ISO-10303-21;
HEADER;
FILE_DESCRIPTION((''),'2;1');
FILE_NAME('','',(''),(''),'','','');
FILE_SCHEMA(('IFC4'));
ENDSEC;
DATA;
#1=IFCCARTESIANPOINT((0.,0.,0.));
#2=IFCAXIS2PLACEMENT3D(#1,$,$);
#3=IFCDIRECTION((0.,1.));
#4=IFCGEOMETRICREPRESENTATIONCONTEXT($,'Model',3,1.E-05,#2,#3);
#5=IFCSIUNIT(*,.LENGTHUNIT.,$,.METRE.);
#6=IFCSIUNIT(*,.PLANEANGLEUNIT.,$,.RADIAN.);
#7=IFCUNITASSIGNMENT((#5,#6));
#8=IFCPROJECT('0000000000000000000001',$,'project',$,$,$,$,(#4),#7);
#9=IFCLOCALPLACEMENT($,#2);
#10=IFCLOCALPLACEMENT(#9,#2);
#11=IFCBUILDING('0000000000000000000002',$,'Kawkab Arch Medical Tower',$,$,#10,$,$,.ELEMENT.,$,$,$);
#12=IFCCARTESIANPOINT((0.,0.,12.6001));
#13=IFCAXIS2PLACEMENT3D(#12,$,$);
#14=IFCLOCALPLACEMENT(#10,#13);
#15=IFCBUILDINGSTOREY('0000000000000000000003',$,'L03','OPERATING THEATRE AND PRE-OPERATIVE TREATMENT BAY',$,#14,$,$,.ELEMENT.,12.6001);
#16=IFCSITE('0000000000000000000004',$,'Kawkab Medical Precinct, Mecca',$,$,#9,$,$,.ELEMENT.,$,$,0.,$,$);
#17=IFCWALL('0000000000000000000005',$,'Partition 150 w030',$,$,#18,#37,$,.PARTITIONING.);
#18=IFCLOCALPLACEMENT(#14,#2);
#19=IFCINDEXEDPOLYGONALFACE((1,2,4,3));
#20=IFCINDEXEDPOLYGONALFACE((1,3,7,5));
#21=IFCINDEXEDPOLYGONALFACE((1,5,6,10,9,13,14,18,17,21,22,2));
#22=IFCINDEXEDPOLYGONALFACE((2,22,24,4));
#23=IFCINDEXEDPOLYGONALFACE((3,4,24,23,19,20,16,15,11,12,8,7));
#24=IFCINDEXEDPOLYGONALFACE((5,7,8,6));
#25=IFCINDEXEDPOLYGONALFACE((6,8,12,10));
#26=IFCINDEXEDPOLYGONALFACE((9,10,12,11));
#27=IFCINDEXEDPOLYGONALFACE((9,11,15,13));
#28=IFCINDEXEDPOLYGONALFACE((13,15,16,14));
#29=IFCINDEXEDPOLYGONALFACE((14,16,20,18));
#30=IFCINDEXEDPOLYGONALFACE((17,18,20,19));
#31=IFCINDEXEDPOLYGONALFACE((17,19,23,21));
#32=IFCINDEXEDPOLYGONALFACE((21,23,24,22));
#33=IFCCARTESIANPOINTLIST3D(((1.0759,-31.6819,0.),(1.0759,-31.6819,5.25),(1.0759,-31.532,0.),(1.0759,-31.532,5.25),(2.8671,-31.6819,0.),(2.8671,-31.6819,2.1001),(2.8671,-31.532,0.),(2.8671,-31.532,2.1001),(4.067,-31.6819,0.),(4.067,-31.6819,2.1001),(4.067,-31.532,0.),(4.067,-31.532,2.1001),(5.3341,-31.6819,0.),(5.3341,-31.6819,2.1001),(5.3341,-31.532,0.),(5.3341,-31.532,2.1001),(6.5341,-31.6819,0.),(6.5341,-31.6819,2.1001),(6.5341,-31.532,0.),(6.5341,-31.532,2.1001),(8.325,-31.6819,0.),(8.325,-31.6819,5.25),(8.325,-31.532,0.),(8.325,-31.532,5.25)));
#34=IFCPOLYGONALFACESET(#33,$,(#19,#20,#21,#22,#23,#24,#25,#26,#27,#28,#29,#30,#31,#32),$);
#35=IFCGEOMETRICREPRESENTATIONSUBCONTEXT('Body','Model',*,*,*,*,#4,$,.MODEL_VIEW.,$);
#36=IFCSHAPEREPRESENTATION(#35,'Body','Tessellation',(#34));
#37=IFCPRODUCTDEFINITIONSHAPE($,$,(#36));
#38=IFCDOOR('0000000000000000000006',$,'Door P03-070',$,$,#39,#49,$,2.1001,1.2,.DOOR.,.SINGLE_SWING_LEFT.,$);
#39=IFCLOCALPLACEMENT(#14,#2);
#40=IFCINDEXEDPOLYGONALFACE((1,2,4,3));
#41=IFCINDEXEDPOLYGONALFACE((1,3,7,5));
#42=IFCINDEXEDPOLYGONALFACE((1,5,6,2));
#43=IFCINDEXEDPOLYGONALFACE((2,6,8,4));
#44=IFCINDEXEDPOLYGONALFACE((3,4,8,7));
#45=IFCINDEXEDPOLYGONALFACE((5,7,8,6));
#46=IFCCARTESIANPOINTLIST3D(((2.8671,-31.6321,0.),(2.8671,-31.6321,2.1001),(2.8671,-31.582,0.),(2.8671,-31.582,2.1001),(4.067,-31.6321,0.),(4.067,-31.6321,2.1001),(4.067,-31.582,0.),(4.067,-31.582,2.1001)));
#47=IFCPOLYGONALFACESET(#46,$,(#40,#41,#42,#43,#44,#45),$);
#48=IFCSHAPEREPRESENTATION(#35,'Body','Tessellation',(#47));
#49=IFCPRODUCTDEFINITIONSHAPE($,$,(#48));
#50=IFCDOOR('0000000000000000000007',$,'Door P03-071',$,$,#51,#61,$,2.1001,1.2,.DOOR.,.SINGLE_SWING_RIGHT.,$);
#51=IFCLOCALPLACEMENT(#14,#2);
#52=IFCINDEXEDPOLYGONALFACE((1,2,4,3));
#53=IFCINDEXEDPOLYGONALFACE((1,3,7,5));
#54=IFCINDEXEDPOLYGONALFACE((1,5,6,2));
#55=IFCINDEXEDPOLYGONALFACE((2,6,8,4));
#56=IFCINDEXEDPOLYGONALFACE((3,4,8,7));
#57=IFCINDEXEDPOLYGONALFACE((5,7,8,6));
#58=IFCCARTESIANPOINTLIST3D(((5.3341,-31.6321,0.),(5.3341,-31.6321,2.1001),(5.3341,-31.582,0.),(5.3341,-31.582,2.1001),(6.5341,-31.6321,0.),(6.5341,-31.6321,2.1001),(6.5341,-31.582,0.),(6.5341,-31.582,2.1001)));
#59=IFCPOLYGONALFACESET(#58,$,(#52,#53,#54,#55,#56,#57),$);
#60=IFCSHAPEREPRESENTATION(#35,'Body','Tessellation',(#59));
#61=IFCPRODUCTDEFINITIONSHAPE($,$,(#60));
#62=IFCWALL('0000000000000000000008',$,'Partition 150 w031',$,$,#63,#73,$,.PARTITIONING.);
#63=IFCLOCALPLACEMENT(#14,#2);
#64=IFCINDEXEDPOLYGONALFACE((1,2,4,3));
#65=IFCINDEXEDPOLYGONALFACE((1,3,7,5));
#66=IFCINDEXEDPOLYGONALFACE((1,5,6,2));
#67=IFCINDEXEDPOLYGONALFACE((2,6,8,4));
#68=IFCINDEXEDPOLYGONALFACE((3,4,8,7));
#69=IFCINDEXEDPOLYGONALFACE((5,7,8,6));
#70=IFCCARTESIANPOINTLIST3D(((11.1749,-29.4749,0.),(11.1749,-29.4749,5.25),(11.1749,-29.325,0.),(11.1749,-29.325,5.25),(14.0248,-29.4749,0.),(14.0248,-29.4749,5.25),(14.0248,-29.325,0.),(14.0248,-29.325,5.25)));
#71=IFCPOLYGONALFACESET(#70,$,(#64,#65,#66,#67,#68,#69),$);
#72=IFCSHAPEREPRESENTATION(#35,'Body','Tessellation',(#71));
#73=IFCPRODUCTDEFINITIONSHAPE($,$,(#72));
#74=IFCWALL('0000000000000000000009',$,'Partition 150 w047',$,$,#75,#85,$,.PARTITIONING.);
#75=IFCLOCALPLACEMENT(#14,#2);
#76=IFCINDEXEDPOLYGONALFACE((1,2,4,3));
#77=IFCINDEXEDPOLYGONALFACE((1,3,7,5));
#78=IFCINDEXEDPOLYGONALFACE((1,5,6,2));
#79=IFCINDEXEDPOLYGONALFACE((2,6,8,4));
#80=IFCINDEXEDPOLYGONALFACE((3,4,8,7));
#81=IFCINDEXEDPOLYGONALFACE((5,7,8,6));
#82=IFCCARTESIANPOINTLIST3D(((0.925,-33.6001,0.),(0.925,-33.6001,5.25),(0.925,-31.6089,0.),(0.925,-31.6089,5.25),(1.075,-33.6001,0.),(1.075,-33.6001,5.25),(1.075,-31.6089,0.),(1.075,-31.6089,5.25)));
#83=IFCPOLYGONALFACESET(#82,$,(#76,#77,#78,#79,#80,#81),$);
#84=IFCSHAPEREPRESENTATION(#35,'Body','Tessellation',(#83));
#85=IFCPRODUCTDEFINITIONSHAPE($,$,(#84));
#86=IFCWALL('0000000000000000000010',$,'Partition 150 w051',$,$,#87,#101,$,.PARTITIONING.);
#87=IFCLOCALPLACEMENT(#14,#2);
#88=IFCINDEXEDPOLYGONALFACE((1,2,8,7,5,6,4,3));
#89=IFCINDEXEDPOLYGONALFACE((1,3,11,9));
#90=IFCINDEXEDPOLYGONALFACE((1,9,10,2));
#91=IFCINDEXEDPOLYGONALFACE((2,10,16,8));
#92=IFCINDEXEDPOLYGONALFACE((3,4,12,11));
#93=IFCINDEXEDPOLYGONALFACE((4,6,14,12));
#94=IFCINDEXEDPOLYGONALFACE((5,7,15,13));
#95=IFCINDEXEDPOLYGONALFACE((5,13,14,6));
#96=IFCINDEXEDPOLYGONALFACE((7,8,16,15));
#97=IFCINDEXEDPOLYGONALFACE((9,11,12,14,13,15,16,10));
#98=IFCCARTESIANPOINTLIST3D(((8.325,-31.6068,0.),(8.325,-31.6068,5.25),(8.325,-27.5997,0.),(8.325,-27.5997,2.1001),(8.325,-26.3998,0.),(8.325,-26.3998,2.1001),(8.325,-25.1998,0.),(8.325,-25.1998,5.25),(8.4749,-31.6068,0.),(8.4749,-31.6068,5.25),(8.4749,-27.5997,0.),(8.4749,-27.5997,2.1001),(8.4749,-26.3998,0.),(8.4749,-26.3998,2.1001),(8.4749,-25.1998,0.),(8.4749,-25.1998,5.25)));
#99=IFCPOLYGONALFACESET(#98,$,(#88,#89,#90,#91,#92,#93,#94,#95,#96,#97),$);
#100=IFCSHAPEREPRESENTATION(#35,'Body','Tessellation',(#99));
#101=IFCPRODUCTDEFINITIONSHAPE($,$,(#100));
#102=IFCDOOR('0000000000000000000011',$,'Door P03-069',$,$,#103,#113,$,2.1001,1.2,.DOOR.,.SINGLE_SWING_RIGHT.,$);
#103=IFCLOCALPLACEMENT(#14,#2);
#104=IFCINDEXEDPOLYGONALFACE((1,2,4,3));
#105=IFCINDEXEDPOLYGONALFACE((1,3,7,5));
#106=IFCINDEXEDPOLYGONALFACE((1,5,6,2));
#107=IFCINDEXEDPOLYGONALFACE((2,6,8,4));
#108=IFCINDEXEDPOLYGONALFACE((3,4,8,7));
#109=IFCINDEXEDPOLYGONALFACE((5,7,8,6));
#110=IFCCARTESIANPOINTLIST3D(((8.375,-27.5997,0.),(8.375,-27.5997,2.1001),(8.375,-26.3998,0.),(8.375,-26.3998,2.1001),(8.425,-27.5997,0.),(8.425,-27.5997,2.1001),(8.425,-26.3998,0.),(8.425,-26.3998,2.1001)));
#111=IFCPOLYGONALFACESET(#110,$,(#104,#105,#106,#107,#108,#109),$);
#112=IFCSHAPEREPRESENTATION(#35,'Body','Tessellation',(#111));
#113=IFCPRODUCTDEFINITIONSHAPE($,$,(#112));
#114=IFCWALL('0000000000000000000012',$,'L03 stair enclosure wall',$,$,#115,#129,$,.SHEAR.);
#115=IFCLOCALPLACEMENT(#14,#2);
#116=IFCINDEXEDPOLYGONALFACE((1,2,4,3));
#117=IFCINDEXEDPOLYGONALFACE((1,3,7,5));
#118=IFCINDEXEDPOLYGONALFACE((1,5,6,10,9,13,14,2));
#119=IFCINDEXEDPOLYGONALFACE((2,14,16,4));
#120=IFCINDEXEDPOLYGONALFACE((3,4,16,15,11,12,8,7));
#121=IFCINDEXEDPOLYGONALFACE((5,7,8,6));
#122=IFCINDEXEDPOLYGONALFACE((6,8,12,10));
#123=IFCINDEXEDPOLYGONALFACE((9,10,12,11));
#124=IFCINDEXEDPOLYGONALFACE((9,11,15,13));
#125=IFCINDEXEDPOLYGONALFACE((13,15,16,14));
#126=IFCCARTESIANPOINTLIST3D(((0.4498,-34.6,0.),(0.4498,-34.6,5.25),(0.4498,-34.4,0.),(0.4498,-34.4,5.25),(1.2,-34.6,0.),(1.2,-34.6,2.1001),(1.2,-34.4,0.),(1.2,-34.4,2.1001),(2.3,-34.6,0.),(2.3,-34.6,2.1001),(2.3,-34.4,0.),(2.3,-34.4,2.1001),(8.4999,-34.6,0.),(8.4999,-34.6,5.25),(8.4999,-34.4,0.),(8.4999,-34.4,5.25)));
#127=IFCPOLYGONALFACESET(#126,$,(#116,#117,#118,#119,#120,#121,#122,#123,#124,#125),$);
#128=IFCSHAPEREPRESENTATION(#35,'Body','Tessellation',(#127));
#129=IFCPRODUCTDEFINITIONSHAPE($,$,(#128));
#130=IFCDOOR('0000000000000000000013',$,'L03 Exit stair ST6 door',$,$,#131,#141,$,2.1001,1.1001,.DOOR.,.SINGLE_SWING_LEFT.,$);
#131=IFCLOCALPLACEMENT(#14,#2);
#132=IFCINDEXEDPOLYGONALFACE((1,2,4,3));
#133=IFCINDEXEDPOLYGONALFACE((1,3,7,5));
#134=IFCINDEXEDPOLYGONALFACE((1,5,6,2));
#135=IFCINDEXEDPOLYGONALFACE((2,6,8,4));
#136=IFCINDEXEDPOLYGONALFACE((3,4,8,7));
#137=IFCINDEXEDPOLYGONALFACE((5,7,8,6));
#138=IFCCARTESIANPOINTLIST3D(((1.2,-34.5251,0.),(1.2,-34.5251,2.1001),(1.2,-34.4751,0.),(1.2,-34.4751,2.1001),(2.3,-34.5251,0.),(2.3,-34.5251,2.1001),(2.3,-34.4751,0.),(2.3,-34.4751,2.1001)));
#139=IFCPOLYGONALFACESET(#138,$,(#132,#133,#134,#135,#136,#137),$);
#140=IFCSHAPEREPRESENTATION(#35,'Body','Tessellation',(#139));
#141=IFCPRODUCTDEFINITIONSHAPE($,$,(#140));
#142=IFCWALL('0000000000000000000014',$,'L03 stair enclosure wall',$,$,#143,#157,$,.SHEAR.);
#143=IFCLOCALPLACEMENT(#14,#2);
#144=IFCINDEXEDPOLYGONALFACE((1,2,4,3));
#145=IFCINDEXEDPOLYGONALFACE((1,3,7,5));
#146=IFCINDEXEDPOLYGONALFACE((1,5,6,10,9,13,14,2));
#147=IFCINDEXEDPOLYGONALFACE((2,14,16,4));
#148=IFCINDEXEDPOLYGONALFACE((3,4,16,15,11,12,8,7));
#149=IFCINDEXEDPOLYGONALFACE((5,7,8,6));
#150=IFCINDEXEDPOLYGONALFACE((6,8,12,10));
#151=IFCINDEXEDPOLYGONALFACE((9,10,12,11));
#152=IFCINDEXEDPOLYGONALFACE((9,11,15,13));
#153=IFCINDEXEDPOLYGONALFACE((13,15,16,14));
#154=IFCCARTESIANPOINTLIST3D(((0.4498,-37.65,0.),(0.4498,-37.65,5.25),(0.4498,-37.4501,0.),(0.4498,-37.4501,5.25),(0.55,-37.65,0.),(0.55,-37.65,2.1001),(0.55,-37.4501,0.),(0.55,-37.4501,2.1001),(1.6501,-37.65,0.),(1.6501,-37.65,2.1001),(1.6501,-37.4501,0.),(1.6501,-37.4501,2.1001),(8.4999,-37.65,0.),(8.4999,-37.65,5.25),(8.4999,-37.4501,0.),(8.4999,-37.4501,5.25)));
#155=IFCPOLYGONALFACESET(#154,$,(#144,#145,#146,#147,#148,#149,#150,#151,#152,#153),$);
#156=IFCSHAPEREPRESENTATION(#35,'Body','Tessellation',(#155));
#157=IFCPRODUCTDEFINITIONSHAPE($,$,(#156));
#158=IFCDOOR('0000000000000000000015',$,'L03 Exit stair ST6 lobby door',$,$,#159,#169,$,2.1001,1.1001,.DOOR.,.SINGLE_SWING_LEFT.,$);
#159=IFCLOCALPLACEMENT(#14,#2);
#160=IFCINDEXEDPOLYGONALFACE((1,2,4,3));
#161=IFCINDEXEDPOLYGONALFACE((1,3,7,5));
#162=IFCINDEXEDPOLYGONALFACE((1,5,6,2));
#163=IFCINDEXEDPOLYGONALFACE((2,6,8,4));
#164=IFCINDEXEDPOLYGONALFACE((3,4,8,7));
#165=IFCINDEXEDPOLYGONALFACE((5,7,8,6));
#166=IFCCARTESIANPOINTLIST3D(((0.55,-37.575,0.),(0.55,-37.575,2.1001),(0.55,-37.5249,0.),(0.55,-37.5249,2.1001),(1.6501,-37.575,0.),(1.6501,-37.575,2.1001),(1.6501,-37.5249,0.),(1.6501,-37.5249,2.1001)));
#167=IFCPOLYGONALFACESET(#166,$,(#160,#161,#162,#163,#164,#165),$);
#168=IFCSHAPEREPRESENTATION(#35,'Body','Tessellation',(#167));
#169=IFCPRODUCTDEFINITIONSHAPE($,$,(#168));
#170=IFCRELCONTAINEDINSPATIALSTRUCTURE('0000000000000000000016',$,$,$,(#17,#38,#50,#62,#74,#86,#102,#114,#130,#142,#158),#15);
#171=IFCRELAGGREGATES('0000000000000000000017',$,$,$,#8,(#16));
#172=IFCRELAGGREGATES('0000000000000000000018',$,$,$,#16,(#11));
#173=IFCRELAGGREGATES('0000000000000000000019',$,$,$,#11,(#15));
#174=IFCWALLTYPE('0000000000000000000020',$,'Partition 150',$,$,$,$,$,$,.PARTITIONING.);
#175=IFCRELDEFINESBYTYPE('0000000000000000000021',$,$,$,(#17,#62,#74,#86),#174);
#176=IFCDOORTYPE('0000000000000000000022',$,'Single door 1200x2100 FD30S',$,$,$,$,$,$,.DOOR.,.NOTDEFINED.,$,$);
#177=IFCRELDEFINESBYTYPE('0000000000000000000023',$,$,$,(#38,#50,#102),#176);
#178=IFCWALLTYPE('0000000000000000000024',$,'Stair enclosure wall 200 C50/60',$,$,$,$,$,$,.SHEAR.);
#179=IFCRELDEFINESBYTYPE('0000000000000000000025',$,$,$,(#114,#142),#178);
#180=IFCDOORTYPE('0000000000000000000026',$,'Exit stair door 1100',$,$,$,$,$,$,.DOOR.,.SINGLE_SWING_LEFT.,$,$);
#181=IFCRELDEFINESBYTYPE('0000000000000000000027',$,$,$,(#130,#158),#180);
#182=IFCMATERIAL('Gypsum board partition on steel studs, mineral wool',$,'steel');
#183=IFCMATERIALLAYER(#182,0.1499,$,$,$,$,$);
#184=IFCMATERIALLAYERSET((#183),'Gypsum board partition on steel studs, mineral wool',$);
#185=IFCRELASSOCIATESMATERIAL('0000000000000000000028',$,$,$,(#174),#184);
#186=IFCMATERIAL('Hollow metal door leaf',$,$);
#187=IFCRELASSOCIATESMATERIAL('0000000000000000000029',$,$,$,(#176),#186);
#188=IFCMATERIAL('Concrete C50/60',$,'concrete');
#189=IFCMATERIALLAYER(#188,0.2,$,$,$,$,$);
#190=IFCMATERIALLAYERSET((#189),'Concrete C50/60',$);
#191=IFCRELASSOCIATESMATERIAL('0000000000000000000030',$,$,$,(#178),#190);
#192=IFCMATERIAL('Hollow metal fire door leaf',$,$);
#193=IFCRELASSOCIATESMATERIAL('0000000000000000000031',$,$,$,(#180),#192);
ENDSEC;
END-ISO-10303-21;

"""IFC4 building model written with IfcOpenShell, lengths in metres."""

from ifc_helpers import new_model, si_unit, direction, frame, frame_2d, origin, place, context, subcontext, project, spatial, rectangle, extrude, material, layer, layer_set, type_object, element, fill, save


model = new_model("IFC4")

# Units and contexts
model_context = context("Model", 3, precision=1e-05, world=origin(), true_north=direction((0.0, 1.0)))
body_context = subcontext(model_context, "Body", "Model", "MODEL_VIEW")
ifc_project = project(units=[si_unit("LENGTHUNIT", "METRE"), si_unit("PLANEANGLEUNIT", "RADIAN")], contexts=[model_context])

# Site, building, storey
site_placement = place(None, origin())
site = spatial("IfcSite", under=ifc_project, at=site_placement, Name="Kawkab Medical Precinct, Mecca", CompositionType="ELEMENT", RefElevation=0.0)
building_placement = place(site_placement, origin())
building = spatial("IfcBuilding", under=site, at=building_placement, Name="Kawkab Arch Medical Tower", CompositionType="ELEMENT")
storey_placement = place(building_placement, frame((0.0, 0.0, 12.6001)))
storey = spatial("IfcBuildingStorey", under=building, at=storey_placement, Name="L03", Description="OPERATING THEATRE AND PRE-OPERATIVE TREATMENT BAY", CompositionType="ELEMENT", Elevation=12.6001)

# Shared definitions
ifc_material_1 = material(Name="Gypsum board partition on steel studs, mineral wool", Category="steel")
ifc_layer_1 = layer(ifc_material_1, 0.1499)
ifc_layer_set_1 = layer_set([ifc_layer_1], Name="Gypsum board partition on steel studs, mineral wool")
wall_type_1 = type_object("IfcWallType", Name="Partition 150", PredefinedType="PARTITIONING", material=ifc_layer_set_1)

# Wall, openings, doors
wall_1_placement = place(storey_placement, frame((1.0759, -31.6069, 0.0), z_axis=(0.0, 0.0, 1.0), x_axis=(1.0, 0.0, 0.0)))
wall_1 = element("IfcWall", 1, at=wall_1_placement, inside=storey, type_object=wall_type_1, Name="Partition 150 w030", PredefinedType="PARTITIONING", context=body_context, shape_type="SweptSolid", body=[
    extrude(rectangle(XDim=7.249, YDim=0.1499, at=frame_2d((3.6245, 0.0))), origin(), (0.0, 0.0, 1.0), 5.25),
])
opening_1_placement = place(wall_1_placement, frame((1.791, 0.0, 0.0)))
opening_1 = element("IfcOpeningElement", 2, at=opening_1_placement, cuts=wall_1, PredefinedType="OPENING", context=body_context, shape_type="SweptSolid", body=[
    extrude(rectangle(XDim=1.2, YDim=2.1001, at=frame_2d((0.6001, 1.05))), frame((0.0, 0.085, 0.0), z_axis=(0.0, -1.0, 0.0), x_axis=(1.0, 0.0, 0.0)), (0.0, 0.0, 1.0), 0.1699),
])
opening_2_placement = place(wall_1_placement, frame((4.2581, 0.0, 0.0)))
opening_2 = element("IfcOpeningElement", 3, at=opening_2_placement, cuts=wall_1, PredefinedType="OPENING", context=body_context, shape_type="SweptSolid", body=[
    extrude(rectangle(XDim=1.2, YDim=2.1001, at=frame_2d((0.6001, 1.05))), frame((0.0, 0.085, 0.0), z_axis=(0.0, -1.0, 0.0), x_axis=(1.0, 0.0, 0.0)), (0.0, 0.0, 1.0), 0.1699),
])
ifc_material_2 = material(Name="Hollow metal door leaf")
door_type_1 = type_object("IfcDoorType", Name="Single door 1200x2100 FD30S", OperationType="NOTDEFINED", PredefinedType="DOOR", material=ifc_material_2)
door_1_placement = place(opening_1_placement, origin())
door_1 = element("IfcDoor", 4, at=door_1_placement, inside=storey, type_object=door_type_1, Name="Door P03-070", OperationType="SINGLE_SWING_LEFT", OverallHeight=2.1001, OverallWidth=1.2, PredefinedType="DOOR", context=body_context, shape_type="SweptSolid", body=[
    extrude(rectangle(XDim=1.2, YDim=2.1001, at=frame_2d((0.6001, 1.05))), frame((0.0, 0.0249, 0.0), z_axis=(0.0, -1.0, 0.0), x_axis=(1.0, 0.0, 0.0)), (0.0, 0.0, 1.0), 0.05),
])
fill(opening_1, door_1)
door_2_placement = place(opening_2_placement, origin())
door_2 = element("IfcDoor", 5, at=door_2_placement, inside=storey, type_object=door_type_1, Name="Door P03-071", OperationType="SINGLE_SWING_RIGHT", OverallHeight=2.1001, OverallWidth=1.2, PredefinedType="DOOR", context=body_context, shape_type="SweptSolid", body=[
    extrude(rectangle(XDim=1.2, YDim=2.1001, at=frame_2d((0.6001, 1.05))), frame((0.0, 0.0249, 0.0), z_axis=(0.0, -1.0, 0.0), x_axis=(1.0, 0.0, 0.0)), (0.0, 0.0, 1.0), 0.05),
])
fill(opening_2, door_2)

# Walls
wall_2_placement = place(storey_placement, frame((11.175, -29.3999, 0.0), z_axis=(0.0, 0.0, 1.0), x_axis=(1.0, 0.0, 0.0)))
element("IfcWall", 6, at=wall_2_placement, inside=storey, type_object=wall_type_1, Name="Partition 150 w031", PredefinedType="PARTITIONING", context=body_context, shape_type="SweptSolid", body=[
    extrude(rectangle(XDim=2.8499, YDim=0.1499, at=frame_2d((1.4248, 0.0))), origin(), (0.0, 0.0, 1.0), 5.25),
])
wall_3_placement = place(storey_placement, frame((1.0, -33.6001, 0.0), z_axis=(0.0, 0.0, 1.0), x_axis=(0.0, 1.0, 0.0)))
element("IfcWall", 7, at=wall_3_placement, inside=storey, type_object=wall_type_1, Name="Partition 150 w047", PredefinedType="PARTITIONING", context=body_context, shape_type="SweptSolid", body=[
    extrude(rectangle(XDim=1.9912, YDim=0.1499, at=frame_2d((0.9956, 0.0))), origin(), (0.0, 0.0, 1.0), 5.25),
])

# Walls, openings, doors
wall_4_placement = place(storey_placement, frame((8.3999, -31.6069, 0.0), z_axis=(0.0, 0.0, 1.0), x_axis=(0.0, 1.0, 0.0)))
wall_4 = element("IfcWall", 8, at=wall_4_placement, inside=storey, type_object=wall_type_1, Name="Partition 150 w051", PredefinedType="PARTITIONING", context=body_context, shape_type="SweptSolid", body=[
    extrude(rectangle(XDim=6.407, YDim=0.1499, at=frame_2d((3.2036, 0.0))), origin(), (0.0, 0.0, 1.0), 5.25),
])
opening_3_placement = place(wall_4_placement, frame((4.0071, 0.0, 0.0)))
opening_3 = element("IfcOpeningElement", 9, at=opening_3_placement, cuts=wall_4, PredefinedType="OPENING", context=body_context, shape_type="SweptSolid", body=[
    extrude(rectangle(XDim=1.2, YDim=2.1001, at=frame_2d((0.6001, 1.05))), frame((0.0, 0.085, 0.0), z_axis=(0.0, -1.0, 0.0), x_axis=(1.0, 0.0, 0.0)), (0.0, 0.0, 1.0), 0.1699),
])
door_3_placement = place(opening_3_placement, origin())
door_3 = element("IfcDoor", 10, at=door_3_placement, inside=storey, type_object=door_type_1, Name="Door P03-069", OperationType="SINGLE_SWING_RIGHT", OverallHeight=2.1001, OverallWidth=1.2, PredefinedType="DOOR", context=body_context, shape_type="SweptSolid", body=[
    extrude(rectangle(XDim=1.2, YDim=2.1001, at=frame_2d((0.6001, 1.05))), frame((0.0, 0.0249, 0.0), z_axis=(0.0, -1.0, 0.0), x_axis=(1.0, 0.0, 0.0)), (0.0, 0.0, 1.0), 0.05),
])
fill(opening_3, door_3)
ifc_material_3 = material(Name="Concrete C50/60", Category="concrete")
ifc_layer_2 = layer(ifc_material_3, 0.2)
ifc_layer_set_2 = layer_set([ifc_layer_2], Name="Concrete C50/60")
wall_type_2 = type_object("IfcWallType", Name="Stair enclosure wall 200 C50/60", PredefinedType="SHEAR", material=ifc_layer_set_2)
wall_5_placement = place(storey_placement, frame((0.45, -34.5, 0.0), z_axis=(0.0, 0.0, 1.0), x_axis=(1.0, 0.0, 0.0)))
wall_5 = element("IfcWall", 11, at=wall_5_placement, inside=storey, type_object=wall_type_2, Name="L03 stair enclosure wall", PredefinedType="SHEAR", context=body_context, shape_type="SweptSolid", body=[
    extrude(rectangle(XDim=8.05, YDim=0.2, at=frame_2d((4.0249, 0.0))), origin(), (0.0, 0.0, 1.0), 5.25),
])
opening_4_placement = place(wall_5_placement, frame((0.75, 0.0, 0.0)))
opening_4 = element("IfcOpeningElement", 12, at=opening_4_placement, cuts=wall_5, PredefinedType="OPENING", context=body_context, shape_type="SweptSolid", body=[
    extrude(rectangle(XDim=1.1001, YDim=2.1001, at=frame_2d((0.55, 1.05))), frame((0.0, 0.1099, 0.0), z_axis=(0.0, -1.0, 0.0), x_axis=(1.0, 0.0, 0.0)), (0.0, 0.0, 1.0), 0.22),
])
ifc_material_4 = material(Name="Hollow metal fire door leaf")
door_type_2 = type_object("IfcDoorType", Name="Exit stair door 1100", OperationType="SINGLE_SWING_LEFT", PredefinedType="DOOR", material=ifc_material_4)
door_4_placement = place(opening_4_placement, origin())
door_4 = element("IfcDoor", 13, at=door_4_placement, inside=storey, type_object=door_type_2, Name="L03 Exit stair ST6 door", OperationType="SINGLE_SWING_LEFT", OverallHeight=2.1001, OverallWidth=1.1001, PredefinedType="DOOR", context=body_context, shape_type="SweptSolid", body=[
    extrude(rectangle(XDim=1.1001, YDim=2.1001, at=frame_2d((0.55, 1.05))), frame((0.0, 0.0249, 0.0), z_axis=(0.0, -1.0, 0.0), x_axis=(1.0, 0.0, 0.0)), (0.0, 0.0, 1.0), 0.05),
])
fill(opening_4, door_4)
wall_6_placement = place(storey_placement, frame((0.45, -37.55, 0.0), z_axis=(0.0, 0.0, 1.0), x_axis=(1.0, 0.0, 0.0)))
wall_6 = element("IfcWall", 14, at=wall_6_placement, inside=storey, type_object=wall_type_2, Name="L03 stair enclosure wall", PredefinedType="SHEAR", context=body_context, shape_type="SweptSolid", body=[
    extrude(rectangle(XDim=8.05, YDim=0.2, at=frame_2d((4.0249, 0.0))), origin(), (0.0, 0.0, 1.0), 5.25),
])
opening_5_placement = place(wall_6_placement, frame((0.1001, 0.0, 0.0)))
opening_5 = element("IfcOpeningElement", 15, at=opening_5_placement, cuts=wall_6, PredefinedType="OPENING", context=body_context, shape_type="SweptSolid", body=[
    extrude(rectangle(XDim=1.1001, YDim=2.1001, at=frame_2d((0.55, 1.05))), frame((0.0, 0.1099, 0.0), z_axis=(0.0, -1.0, 0.0), x_axis=(1.0, 0.0, 0.0)), (0.0, 0.0, 1.0), 0.22),
])
door_5_placement = place(opening_5_placement, frame((1.1001, 0.0, 0.0), z_axis=(0.0, 0.0, 1.0), x_axis=(-1.0, 0.0, 0.0)))
door_5 = element("IfcDoor", 16, at=door_5_placement, inside=storey, type_object=door_type_2, Name="L03 Exit stair ST6 lobby door", OperationType="SINGLE_SWING_LEFT", OverallHeight=2.1001, OverallWidth=1.1001, PredefinedType="DOOR", context=body_context, shape_type="SweptSolid", body=[
    extrude(rectangle(XDim=1.1001, YDim=2.1001, at=frame_2d((0.55, 1.05))), frame((0.0, 0.0249, 0.0), z_axis=(0.0, -1.0, 0.0), x_axis=(1.0, 0.0, 0.0)), (0.0, 0.0, 1.0), 0.05),
])
fill(opening_5, door_5)

save(model, "model.ifc")
